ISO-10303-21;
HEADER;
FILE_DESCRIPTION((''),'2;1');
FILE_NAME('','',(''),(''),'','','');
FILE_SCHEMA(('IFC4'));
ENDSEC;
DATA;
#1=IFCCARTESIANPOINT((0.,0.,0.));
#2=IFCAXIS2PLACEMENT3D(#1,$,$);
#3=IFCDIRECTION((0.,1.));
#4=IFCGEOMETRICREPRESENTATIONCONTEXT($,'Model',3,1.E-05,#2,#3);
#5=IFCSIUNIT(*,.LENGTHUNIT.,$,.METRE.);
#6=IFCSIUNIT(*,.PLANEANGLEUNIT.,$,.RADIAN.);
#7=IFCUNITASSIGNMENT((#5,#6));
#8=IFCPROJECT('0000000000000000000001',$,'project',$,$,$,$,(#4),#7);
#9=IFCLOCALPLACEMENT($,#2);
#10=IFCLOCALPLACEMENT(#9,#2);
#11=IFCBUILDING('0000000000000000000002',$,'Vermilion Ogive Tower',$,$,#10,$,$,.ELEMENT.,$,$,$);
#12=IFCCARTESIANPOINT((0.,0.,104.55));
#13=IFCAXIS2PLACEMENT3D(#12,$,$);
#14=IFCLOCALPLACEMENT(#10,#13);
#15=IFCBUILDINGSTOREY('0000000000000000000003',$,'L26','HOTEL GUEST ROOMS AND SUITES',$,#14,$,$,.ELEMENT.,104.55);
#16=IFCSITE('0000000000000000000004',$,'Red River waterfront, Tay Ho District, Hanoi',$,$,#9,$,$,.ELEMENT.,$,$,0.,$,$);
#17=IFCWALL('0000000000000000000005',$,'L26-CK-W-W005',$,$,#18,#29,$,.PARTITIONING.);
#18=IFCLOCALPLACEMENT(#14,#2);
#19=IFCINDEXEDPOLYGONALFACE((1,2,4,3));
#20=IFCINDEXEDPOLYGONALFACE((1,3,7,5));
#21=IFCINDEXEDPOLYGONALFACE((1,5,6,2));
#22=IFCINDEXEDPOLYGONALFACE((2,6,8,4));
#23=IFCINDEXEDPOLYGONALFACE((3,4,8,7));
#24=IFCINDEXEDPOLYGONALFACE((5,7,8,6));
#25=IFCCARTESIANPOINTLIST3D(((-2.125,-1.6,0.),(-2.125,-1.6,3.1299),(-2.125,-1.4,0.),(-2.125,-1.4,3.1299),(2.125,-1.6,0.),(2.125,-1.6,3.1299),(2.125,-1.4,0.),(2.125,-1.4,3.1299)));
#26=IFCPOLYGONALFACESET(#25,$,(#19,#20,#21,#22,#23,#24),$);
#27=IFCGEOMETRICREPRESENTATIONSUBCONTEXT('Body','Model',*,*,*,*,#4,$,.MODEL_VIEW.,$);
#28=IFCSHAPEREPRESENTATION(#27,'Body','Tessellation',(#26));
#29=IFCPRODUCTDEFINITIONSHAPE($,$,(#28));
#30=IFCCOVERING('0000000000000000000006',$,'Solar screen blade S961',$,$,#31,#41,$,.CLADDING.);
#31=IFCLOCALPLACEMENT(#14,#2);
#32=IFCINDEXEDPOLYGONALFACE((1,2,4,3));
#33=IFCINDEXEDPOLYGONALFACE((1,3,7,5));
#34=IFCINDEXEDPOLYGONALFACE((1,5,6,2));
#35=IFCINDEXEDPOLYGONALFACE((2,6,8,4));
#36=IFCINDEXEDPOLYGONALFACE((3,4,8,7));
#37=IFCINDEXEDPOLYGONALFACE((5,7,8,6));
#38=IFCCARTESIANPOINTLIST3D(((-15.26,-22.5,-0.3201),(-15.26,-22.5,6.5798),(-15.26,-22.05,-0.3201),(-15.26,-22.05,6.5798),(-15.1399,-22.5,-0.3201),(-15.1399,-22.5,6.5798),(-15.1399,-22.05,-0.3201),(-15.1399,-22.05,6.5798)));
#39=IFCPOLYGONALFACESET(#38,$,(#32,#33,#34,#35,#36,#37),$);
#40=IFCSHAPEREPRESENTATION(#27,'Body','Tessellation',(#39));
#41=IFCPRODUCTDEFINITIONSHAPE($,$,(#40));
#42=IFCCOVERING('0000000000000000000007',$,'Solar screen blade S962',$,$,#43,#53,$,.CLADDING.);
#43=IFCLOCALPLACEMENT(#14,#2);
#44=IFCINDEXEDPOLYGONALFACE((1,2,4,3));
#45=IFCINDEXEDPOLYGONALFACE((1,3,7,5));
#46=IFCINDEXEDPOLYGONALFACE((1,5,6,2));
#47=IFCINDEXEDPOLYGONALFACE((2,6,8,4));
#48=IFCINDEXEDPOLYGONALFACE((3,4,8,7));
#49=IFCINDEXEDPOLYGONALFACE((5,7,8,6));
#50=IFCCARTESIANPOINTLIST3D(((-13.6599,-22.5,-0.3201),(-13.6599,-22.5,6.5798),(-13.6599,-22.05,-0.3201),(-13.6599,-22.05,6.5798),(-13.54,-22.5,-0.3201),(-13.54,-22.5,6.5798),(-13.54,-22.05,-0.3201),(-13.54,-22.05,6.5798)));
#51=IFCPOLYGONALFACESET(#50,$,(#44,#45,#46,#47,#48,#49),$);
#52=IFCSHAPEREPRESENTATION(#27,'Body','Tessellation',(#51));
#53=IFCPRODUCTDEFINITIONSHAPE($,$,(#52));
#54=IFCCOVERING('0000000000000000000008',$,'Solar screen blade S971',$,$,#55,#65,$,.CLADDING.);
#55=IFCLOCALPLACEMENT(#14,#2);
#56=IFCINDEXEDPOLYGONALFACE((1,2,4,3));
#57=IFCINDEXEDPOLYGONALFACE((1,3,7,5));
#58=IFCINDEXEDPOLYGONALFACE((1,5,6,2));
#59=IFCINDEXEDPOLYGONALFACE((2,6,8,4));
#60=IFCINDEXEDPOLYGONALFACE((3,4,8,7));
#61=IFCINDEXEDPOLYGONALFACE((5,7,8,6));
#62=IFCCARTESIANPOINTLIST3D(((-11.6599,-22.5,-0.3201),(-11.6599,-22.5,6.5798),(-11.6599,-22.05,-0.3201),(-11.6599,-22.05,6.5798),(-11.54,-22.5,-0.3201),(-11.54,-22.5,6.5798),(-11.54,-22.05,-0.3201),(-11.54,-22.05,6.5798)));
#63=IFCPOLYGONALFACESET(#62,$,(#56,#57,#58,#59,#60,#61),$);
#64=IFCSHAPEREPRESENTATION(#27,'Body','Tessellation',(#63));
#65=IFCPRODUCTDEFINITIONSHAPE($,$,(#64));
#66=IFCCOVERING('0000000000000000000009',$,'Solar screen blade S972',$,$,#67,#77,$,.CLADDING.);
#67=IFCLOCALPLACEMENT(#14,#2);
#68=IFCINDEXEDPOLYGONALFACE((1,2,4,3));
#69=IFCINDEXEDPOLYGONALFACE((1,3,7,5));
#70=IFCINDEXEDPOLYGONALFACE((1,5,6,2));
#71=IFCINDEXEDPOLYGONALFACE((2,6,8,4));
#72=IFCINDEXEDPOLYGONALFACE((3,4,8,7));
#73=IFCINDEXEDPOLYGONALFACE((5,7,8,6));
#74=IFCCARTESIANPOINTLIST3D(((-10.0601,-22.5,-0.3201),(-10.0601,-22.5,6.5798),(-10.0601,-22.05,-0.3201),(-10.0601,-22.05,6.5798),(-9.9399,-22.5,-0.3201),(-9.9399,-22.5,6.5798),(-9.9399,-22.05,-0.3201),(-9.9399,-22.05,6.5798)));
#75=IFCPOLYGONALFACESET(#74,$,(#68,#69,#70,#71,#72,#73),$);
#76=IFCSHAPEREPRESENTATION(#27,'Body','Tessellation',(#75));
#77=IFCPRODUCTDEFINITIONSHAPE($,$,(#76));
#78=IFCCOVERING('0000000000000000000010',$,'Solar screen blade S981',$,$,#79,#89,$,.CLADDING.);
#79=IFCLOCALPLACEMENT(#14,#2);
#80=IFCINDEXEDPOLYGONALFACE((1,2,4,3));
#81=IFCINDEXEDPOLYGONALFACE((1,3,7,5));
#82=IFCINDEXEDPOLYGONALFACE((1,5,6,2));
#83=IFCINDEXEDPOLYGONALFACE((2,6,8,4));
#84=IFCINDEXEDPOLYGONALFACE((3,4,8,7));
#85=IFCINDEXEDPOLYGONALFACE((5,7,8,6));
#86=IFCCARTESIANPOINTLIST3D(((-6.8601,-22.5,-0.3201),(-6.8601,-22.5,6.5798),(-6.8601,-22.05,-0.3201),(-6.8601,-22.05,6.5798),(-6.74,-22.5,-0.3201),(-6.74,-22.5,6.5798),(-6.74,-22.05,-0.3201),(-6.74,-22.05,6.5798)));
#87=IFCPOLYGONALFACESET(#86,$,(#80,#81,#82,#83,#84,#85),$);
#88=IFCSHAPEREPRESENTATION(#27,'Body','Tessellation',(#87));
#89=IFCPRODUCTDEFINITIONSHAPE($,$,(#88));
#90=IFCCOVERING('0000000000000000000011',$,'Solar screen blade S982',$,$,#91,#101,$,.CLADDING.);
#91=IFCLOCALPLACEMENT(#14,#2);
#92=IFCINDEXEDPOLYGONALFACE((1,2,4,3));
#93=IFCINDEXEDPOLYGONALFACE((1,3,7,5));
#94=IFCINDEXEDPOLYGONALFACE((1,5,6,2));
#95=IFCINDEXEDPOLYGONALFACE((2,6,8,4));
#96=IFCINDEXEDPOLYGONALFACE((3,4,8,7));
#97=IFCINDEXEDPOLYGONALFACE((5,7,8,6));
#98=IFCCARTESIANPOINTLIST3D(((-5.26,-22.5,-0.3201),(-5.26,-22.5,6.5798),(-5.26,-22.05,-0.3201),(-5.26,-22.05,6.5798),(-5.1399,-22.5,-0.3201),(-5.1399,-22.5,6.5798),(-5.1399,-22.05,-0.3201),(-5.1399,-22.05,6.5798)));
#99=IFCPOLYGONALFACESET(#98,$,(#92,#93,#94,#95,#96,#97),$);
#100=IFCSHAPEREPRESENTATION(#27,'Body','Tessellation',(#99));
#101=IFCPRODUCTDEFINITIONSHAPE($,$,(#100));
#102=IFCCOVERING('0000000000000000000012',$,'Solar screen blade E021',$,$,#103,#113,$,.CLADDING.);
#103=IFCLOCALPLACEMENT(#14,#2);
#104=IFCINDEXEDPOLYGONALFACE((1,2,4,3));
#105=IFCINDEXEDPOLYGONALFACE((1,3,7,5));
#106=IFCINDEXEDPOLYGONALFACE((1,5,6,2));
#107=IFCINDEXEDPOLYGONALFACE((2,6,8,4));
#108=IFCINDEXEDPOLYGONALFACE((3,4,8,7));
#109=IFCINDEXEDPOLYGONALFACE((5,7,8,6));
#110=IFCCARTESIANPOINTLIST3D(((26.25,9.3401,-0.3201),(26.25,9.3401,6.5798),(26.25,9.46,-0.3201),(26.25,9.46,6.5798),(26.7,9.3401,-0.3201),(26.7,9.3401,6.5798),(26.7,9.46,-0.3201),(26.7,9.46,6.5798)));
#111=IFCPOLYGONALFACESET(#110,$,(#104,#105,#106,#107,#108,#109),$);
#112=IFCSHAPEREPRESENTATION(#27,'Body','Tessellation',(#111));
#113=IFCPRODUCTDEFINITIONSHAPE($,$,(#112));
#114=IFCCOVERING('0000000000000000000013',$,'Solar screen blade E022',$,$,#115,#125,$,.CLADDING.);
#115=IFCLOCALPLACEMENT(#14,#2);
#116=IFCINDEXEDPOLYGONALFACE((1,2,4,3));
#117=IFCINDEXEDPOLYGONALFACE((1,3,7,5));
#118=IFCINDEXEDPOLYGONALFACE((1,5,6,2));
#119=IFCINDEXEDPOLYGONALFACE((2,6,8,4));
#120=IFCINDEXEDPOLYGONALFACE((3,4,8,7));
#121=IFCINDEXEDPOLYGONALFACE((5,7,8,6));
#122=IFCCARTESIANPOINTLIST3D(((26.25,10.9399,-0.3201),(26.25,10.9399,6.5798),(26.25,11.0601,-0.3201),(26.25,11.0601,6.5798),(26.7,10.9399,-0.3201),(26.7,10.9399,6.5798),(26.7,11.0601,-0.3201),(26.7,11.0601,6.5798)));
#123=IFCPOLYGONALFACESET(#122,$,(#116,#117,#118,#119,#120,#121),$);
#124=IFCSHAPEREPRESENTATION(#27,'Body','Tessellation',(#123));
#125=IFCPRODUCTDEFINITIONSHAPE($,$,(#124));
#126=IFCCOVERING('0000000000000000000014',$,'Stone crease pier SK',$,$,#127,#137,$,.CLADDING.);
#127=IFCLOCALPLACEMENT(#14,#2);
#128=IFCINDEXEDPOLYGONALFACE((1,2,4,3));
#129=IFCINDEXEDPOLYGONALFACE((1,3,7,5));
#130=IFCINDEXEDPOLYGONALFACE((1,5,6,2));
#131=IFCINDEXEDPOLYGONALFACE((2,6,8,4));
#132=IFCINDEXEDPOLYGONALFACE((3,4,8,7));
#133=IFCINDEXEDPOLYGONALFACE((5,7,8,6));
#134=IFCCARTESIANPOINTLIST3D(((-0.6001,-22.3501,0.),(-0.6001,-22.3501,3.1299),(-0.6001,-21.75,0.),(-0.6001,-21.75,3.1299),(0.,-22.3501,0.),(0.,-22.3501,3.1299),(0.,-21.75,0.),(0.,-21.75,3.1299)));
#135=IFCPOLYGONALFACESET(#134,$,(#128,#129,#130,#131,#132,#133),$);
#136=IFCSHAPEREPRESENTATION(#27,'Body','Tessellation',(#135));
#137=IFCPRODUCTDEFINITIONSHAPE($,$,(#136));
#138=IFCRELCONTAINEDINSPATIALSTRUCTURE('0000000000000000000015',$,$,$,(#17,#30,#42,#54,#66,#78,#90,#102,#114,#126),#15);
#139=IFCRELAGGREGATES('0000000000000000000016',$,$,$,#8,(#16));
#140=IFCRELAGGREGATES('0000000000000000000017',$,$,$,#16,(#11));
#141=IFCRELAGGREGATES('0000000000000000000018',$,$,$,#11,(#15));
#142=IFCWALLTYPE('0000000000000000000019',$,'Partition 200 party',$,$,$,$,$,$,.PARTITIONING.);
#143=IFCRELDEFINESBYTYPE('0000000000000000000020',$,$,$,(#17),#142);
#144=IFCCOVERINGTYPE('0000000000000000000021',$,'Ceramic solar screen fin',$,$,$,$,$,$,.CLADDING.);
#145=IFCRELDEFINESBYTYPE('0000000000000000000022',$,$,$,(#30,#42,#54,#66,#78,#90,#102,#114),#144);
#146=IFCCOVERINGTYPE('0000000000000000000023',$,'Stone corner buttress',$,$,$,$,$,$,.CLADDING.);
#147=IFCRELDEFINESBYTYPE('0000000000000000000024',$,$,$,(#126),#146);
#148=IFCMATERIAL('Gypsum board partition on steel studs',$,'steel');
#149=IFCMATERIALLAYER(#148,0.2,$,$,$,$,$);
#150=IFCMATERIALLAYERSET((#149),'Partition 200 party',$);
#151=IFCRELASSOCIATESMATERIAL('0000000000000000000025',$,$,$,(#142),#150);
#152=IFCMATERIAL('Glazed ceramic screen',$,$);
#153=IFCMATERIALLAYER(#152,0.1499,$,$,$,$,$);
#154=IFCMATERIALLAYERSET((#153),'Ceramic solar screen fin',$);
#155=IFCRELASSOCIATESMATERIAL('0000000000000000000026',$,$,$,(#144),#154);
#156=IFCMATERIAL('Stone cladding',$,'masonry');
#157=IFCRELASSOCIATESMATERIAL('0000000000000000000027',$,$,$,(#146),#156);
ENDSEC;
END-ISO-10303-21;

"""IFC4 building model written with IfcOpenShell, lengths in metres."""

from ifc_helpers import new_model, si_unit, direction, frame, frame_2d, origin, place, context, subcontext, project, spatial, polyline, rectangle, outline, extrude, material, layer, layer_set, type_object, element, save


model = new_model("IFC4")

# Units and contexts
model_context = context("Model", 3, precision=1e-05, world=origin(), true_north=direction((0.0, 1.0)))
body_context = subcontext(model_context, "Body", "Model", "MODEL_VIEW")
ifc_project = project(units=[si_unit("LENGTHUNIT", "METRE"), si_unit("PLANEANGLEUNIT", "RADIAN")], contexts=[model_context])

# Site, building, storey
site_placement = place(None, origin())
site = spatial("IfcSite", under=ifc_project, at=site_placement, Name="Red River waterfront, Tay Ho District, Hanoi", CompositionType="ELEMENT", RefElevation=0.0)
building_placement = place(site_placement, origin())
building = spatial("IfcBuilding", under=site, at=building_placement, Name="Vermilion Ogive Tower", CompositionType="ELEMENT")
storey_placement = place(building_placement, frame((0.0, 0.0, 104.55)))
storey = spatial("IfcBuildingStorey", under=building, at=storey_placement, Name="L26", Description="HOTEL GUEST ROOMS AND SUITES", CompositionType="ELEMENT", Elevation=104.55)

# Wall
ifc_material_1 = material(Name="Gypsum board partition on steel studs", Category="steel")
ifc_layer_1 = layer(ifc_material_1, 0.2)
ifc_layer_set_1 = layer_set([ifc_layer_1], Name="Partition 200 party")
wall_type = type_object("IfcWallType", Name="Partition 200 party", PredefinedType="PARTITIONING", material=ifc_layer_set_1)
wall_placement = place(storey_placement, frame((-2.125, -1.5, 0.0), z_axis=(0.0, 0.0, 1.0), x_axis=(1.0, 0.0, 0.0)))
element("IfcWall", 1, at=wall_placement, inside=storey, type_object=wall_type, Name="L26-CK-W-W005", PredefinedType="PARTITIONING", context=body_context, shape_type="SweptSolid", body=[
    extrude(rectangle(XDim=4.25, YDim=0.2, at=frame_2d((2.125, 0.0))), origin(), (0.0, 0.0, 1.0), 3.1299),
])

# Coverings
ifc_material_2 = material(Name="Glazed ceramic screen")
ifc_layer_2 = layer(ifc_material_2, 0.1499)
ifc_layer_set_2 = layer_set([ifc_layer_2], Name="Ceramic solar screen fin")
covering_type_1 = type_object("IfcCoveringType", Name="Ceramic solar screen fin", PredefinedType="CLADDING", material=ifc_layer_set_2)
covering_1_placement = place(storey_placement, frame((0.0, 0.0, -0.3201)))
element("IfcCovering", 2, at=covering_1_placement, inside=storey, type_object=covering_type_1, Name="Solar screen blade S961", PredefinedType="CLADDING", context=body_context, shape_type="SweptSolid", body=[
    extrude(outline(polyline([(-15.26, -22.5), (-15.1399, -22.5), (-15.1399, -22.05), (-15.26, -22.05), (-15.26, -22.5)])), origin(), (0.0, 0.0, 1.0), 6.8999),
])
covering_2_placement = place(storey_placement, frame((0.0, 0.0, -0.3201)))
element("IfcCovering", 3, at=covering_2_placement, inside=storey, type_object=covering_type_1, Name="Solar screen blade S962", PredefinedType="CLADDING", context=body_context, shape_type="SweptSolid", body=[
    extrude(outline(polyline([(-13.6599, -22.5), (-13.54, -22.5), (-13.54, -22.05), (-13.6599, -22.05), (-13.6599, -22.5)])), origin(), (0.0, 0.0, 1.0), 6.8999),
])
covering_3_placement = place(storey_placement, frame((0.0, 0.0, -0.3201)))
element("IfcCovering", 4, at=covering_3_placement, inside=storey, type_object=covering_type_1, Name="Solar screen blade S971", PredefinedType="CLADDING", context=body_context, shape_type="SweptSolid", body=[
    extrude(outline(polyline([(-11.6599, -22.5), (-11.54, -22.5), (-11.54, -22.05), (-11.6599, -22.05), (-11.6599, -22.5)])), origin(), (0.0, 0.0, 1.0), 6.8999),
])
covering_4_placement = place(storey_placement, frame((0.0, 0.0, -0.3201)))
element("IfcCovering", 5, at=covering_4_placement, inside=storey, type_object=covering_type_1, Name="Solar screen blade S972", PredefinedType="CLADDING", context=body_context, shape_type="SweptSolid", body=[
    extrude(outline(polyline([(-10.0601, -22.5), (-9.9399, -22.5), (-9.9399, -22.05), (-10.0601, -22.05), (-10.0601, -22.5)])), origin(), (0.0, 0.0, 1.0), 6.8999),
])
covering_5_placement = place(storey_placement, frame((0.0, 0.0, -0.3201)))
element("IfcCovering", 6, at=covering_5_placement, inside=storey, type_object=covering_type_1, Name="Solar screen blade S981", PredefinedType="CLADDING", context=body_context, shape_type="SweptSolid", body=[
    extrude(outline(polyline([(-6.8601, -22.5), (-6.74, -22.5), (-6.74, -22.05), (-6.8601, -22.05), (-6.8601, -22.5)])), origin(), (0.0, 0.0, 1.0), 6.8999),
])
covering_6_placement = place(storey_placement, frame((0.0, 0.0, -0.3201)))
element("IfcCovering", 7, at=covering_6_placement, inside=storey, type_object=covering_type_1, Name="Solar screen blade S982", PredefinedType="CLADDING", context=body_context, shape_type="SweptSolid", body=[
    extrude(outline(polyline([(-5.26, -22.5), (-5.1399, -22.5), (-5.1399, -22.05), (-5.26, -22.05), (-5.26, -22.5)])), origin(), (0.0, 0.0, 1.0), 6.8999),
])
covering_7_placement = place(storey_placement, frame((0.0, 0.0, -0.3201)))
element("IfcCovering", 8, at=covering_7_placement, inside=storey, type_object=covering_type_1, Name="Solar screen blade E021", PredefinedType="CLADDING", context=body_context, shape_type="SweptSolid", body=[
    extrude(outline(polyline([(26.7, 9.3401), (26.7, 9.46), (26.25, 9.46), (26.25, 9.3401), (26.7, 9.3401)])), origin(), (0.0, 0.0, 1.0), 6.8999),
])
covering_8_placement = place(storey_placement, frame((0.0, 0.0, -0.3201)))
element("IfcCovering", 9, at=covering_8_placement, inside=storey, type_object=covering_type_1, Name="Solar screen blade E022", PredefinedType="CLADDING", context=body_context, shape_type="SweptSolid", body=[
    extrude(outline(polyline([(26.7, 10.9399), (26.7, 11.0601), (26.25, 11.0601), (26.25, 10.9399), (26.7, 10.9399)])), origin(), (0.0, 0.0, 1.0), 6.8999),
])
ifc_material_3 = material(Name="Stone cladding", Category="masonry")
covering_type_2 = type_object("IfcCoveringType", Name="Stone corner buttress", PredefinedType="CLADDING", material=ifc_material_3)
covering_9_placement = place(storey_placement, origin())
element("IfcCovering", 10, at=covering_9_placement, inside=storey, type_object=covering_type_2, Name="Stone crease pier SK", PredefinedType="CLADDING", context=body_context, shape_type="SweptSolid", body=[
    extrude(outline(polyline([(-0.6001, -22.3501), (0.0, -22.3501), (0.0, -21.75), (-0.6001, -21.75), (-0.6001, -22.3501)])), origin(), (0.0, 0.0, 1.0), 3.1299),
])

save(model, "model.ifc")
